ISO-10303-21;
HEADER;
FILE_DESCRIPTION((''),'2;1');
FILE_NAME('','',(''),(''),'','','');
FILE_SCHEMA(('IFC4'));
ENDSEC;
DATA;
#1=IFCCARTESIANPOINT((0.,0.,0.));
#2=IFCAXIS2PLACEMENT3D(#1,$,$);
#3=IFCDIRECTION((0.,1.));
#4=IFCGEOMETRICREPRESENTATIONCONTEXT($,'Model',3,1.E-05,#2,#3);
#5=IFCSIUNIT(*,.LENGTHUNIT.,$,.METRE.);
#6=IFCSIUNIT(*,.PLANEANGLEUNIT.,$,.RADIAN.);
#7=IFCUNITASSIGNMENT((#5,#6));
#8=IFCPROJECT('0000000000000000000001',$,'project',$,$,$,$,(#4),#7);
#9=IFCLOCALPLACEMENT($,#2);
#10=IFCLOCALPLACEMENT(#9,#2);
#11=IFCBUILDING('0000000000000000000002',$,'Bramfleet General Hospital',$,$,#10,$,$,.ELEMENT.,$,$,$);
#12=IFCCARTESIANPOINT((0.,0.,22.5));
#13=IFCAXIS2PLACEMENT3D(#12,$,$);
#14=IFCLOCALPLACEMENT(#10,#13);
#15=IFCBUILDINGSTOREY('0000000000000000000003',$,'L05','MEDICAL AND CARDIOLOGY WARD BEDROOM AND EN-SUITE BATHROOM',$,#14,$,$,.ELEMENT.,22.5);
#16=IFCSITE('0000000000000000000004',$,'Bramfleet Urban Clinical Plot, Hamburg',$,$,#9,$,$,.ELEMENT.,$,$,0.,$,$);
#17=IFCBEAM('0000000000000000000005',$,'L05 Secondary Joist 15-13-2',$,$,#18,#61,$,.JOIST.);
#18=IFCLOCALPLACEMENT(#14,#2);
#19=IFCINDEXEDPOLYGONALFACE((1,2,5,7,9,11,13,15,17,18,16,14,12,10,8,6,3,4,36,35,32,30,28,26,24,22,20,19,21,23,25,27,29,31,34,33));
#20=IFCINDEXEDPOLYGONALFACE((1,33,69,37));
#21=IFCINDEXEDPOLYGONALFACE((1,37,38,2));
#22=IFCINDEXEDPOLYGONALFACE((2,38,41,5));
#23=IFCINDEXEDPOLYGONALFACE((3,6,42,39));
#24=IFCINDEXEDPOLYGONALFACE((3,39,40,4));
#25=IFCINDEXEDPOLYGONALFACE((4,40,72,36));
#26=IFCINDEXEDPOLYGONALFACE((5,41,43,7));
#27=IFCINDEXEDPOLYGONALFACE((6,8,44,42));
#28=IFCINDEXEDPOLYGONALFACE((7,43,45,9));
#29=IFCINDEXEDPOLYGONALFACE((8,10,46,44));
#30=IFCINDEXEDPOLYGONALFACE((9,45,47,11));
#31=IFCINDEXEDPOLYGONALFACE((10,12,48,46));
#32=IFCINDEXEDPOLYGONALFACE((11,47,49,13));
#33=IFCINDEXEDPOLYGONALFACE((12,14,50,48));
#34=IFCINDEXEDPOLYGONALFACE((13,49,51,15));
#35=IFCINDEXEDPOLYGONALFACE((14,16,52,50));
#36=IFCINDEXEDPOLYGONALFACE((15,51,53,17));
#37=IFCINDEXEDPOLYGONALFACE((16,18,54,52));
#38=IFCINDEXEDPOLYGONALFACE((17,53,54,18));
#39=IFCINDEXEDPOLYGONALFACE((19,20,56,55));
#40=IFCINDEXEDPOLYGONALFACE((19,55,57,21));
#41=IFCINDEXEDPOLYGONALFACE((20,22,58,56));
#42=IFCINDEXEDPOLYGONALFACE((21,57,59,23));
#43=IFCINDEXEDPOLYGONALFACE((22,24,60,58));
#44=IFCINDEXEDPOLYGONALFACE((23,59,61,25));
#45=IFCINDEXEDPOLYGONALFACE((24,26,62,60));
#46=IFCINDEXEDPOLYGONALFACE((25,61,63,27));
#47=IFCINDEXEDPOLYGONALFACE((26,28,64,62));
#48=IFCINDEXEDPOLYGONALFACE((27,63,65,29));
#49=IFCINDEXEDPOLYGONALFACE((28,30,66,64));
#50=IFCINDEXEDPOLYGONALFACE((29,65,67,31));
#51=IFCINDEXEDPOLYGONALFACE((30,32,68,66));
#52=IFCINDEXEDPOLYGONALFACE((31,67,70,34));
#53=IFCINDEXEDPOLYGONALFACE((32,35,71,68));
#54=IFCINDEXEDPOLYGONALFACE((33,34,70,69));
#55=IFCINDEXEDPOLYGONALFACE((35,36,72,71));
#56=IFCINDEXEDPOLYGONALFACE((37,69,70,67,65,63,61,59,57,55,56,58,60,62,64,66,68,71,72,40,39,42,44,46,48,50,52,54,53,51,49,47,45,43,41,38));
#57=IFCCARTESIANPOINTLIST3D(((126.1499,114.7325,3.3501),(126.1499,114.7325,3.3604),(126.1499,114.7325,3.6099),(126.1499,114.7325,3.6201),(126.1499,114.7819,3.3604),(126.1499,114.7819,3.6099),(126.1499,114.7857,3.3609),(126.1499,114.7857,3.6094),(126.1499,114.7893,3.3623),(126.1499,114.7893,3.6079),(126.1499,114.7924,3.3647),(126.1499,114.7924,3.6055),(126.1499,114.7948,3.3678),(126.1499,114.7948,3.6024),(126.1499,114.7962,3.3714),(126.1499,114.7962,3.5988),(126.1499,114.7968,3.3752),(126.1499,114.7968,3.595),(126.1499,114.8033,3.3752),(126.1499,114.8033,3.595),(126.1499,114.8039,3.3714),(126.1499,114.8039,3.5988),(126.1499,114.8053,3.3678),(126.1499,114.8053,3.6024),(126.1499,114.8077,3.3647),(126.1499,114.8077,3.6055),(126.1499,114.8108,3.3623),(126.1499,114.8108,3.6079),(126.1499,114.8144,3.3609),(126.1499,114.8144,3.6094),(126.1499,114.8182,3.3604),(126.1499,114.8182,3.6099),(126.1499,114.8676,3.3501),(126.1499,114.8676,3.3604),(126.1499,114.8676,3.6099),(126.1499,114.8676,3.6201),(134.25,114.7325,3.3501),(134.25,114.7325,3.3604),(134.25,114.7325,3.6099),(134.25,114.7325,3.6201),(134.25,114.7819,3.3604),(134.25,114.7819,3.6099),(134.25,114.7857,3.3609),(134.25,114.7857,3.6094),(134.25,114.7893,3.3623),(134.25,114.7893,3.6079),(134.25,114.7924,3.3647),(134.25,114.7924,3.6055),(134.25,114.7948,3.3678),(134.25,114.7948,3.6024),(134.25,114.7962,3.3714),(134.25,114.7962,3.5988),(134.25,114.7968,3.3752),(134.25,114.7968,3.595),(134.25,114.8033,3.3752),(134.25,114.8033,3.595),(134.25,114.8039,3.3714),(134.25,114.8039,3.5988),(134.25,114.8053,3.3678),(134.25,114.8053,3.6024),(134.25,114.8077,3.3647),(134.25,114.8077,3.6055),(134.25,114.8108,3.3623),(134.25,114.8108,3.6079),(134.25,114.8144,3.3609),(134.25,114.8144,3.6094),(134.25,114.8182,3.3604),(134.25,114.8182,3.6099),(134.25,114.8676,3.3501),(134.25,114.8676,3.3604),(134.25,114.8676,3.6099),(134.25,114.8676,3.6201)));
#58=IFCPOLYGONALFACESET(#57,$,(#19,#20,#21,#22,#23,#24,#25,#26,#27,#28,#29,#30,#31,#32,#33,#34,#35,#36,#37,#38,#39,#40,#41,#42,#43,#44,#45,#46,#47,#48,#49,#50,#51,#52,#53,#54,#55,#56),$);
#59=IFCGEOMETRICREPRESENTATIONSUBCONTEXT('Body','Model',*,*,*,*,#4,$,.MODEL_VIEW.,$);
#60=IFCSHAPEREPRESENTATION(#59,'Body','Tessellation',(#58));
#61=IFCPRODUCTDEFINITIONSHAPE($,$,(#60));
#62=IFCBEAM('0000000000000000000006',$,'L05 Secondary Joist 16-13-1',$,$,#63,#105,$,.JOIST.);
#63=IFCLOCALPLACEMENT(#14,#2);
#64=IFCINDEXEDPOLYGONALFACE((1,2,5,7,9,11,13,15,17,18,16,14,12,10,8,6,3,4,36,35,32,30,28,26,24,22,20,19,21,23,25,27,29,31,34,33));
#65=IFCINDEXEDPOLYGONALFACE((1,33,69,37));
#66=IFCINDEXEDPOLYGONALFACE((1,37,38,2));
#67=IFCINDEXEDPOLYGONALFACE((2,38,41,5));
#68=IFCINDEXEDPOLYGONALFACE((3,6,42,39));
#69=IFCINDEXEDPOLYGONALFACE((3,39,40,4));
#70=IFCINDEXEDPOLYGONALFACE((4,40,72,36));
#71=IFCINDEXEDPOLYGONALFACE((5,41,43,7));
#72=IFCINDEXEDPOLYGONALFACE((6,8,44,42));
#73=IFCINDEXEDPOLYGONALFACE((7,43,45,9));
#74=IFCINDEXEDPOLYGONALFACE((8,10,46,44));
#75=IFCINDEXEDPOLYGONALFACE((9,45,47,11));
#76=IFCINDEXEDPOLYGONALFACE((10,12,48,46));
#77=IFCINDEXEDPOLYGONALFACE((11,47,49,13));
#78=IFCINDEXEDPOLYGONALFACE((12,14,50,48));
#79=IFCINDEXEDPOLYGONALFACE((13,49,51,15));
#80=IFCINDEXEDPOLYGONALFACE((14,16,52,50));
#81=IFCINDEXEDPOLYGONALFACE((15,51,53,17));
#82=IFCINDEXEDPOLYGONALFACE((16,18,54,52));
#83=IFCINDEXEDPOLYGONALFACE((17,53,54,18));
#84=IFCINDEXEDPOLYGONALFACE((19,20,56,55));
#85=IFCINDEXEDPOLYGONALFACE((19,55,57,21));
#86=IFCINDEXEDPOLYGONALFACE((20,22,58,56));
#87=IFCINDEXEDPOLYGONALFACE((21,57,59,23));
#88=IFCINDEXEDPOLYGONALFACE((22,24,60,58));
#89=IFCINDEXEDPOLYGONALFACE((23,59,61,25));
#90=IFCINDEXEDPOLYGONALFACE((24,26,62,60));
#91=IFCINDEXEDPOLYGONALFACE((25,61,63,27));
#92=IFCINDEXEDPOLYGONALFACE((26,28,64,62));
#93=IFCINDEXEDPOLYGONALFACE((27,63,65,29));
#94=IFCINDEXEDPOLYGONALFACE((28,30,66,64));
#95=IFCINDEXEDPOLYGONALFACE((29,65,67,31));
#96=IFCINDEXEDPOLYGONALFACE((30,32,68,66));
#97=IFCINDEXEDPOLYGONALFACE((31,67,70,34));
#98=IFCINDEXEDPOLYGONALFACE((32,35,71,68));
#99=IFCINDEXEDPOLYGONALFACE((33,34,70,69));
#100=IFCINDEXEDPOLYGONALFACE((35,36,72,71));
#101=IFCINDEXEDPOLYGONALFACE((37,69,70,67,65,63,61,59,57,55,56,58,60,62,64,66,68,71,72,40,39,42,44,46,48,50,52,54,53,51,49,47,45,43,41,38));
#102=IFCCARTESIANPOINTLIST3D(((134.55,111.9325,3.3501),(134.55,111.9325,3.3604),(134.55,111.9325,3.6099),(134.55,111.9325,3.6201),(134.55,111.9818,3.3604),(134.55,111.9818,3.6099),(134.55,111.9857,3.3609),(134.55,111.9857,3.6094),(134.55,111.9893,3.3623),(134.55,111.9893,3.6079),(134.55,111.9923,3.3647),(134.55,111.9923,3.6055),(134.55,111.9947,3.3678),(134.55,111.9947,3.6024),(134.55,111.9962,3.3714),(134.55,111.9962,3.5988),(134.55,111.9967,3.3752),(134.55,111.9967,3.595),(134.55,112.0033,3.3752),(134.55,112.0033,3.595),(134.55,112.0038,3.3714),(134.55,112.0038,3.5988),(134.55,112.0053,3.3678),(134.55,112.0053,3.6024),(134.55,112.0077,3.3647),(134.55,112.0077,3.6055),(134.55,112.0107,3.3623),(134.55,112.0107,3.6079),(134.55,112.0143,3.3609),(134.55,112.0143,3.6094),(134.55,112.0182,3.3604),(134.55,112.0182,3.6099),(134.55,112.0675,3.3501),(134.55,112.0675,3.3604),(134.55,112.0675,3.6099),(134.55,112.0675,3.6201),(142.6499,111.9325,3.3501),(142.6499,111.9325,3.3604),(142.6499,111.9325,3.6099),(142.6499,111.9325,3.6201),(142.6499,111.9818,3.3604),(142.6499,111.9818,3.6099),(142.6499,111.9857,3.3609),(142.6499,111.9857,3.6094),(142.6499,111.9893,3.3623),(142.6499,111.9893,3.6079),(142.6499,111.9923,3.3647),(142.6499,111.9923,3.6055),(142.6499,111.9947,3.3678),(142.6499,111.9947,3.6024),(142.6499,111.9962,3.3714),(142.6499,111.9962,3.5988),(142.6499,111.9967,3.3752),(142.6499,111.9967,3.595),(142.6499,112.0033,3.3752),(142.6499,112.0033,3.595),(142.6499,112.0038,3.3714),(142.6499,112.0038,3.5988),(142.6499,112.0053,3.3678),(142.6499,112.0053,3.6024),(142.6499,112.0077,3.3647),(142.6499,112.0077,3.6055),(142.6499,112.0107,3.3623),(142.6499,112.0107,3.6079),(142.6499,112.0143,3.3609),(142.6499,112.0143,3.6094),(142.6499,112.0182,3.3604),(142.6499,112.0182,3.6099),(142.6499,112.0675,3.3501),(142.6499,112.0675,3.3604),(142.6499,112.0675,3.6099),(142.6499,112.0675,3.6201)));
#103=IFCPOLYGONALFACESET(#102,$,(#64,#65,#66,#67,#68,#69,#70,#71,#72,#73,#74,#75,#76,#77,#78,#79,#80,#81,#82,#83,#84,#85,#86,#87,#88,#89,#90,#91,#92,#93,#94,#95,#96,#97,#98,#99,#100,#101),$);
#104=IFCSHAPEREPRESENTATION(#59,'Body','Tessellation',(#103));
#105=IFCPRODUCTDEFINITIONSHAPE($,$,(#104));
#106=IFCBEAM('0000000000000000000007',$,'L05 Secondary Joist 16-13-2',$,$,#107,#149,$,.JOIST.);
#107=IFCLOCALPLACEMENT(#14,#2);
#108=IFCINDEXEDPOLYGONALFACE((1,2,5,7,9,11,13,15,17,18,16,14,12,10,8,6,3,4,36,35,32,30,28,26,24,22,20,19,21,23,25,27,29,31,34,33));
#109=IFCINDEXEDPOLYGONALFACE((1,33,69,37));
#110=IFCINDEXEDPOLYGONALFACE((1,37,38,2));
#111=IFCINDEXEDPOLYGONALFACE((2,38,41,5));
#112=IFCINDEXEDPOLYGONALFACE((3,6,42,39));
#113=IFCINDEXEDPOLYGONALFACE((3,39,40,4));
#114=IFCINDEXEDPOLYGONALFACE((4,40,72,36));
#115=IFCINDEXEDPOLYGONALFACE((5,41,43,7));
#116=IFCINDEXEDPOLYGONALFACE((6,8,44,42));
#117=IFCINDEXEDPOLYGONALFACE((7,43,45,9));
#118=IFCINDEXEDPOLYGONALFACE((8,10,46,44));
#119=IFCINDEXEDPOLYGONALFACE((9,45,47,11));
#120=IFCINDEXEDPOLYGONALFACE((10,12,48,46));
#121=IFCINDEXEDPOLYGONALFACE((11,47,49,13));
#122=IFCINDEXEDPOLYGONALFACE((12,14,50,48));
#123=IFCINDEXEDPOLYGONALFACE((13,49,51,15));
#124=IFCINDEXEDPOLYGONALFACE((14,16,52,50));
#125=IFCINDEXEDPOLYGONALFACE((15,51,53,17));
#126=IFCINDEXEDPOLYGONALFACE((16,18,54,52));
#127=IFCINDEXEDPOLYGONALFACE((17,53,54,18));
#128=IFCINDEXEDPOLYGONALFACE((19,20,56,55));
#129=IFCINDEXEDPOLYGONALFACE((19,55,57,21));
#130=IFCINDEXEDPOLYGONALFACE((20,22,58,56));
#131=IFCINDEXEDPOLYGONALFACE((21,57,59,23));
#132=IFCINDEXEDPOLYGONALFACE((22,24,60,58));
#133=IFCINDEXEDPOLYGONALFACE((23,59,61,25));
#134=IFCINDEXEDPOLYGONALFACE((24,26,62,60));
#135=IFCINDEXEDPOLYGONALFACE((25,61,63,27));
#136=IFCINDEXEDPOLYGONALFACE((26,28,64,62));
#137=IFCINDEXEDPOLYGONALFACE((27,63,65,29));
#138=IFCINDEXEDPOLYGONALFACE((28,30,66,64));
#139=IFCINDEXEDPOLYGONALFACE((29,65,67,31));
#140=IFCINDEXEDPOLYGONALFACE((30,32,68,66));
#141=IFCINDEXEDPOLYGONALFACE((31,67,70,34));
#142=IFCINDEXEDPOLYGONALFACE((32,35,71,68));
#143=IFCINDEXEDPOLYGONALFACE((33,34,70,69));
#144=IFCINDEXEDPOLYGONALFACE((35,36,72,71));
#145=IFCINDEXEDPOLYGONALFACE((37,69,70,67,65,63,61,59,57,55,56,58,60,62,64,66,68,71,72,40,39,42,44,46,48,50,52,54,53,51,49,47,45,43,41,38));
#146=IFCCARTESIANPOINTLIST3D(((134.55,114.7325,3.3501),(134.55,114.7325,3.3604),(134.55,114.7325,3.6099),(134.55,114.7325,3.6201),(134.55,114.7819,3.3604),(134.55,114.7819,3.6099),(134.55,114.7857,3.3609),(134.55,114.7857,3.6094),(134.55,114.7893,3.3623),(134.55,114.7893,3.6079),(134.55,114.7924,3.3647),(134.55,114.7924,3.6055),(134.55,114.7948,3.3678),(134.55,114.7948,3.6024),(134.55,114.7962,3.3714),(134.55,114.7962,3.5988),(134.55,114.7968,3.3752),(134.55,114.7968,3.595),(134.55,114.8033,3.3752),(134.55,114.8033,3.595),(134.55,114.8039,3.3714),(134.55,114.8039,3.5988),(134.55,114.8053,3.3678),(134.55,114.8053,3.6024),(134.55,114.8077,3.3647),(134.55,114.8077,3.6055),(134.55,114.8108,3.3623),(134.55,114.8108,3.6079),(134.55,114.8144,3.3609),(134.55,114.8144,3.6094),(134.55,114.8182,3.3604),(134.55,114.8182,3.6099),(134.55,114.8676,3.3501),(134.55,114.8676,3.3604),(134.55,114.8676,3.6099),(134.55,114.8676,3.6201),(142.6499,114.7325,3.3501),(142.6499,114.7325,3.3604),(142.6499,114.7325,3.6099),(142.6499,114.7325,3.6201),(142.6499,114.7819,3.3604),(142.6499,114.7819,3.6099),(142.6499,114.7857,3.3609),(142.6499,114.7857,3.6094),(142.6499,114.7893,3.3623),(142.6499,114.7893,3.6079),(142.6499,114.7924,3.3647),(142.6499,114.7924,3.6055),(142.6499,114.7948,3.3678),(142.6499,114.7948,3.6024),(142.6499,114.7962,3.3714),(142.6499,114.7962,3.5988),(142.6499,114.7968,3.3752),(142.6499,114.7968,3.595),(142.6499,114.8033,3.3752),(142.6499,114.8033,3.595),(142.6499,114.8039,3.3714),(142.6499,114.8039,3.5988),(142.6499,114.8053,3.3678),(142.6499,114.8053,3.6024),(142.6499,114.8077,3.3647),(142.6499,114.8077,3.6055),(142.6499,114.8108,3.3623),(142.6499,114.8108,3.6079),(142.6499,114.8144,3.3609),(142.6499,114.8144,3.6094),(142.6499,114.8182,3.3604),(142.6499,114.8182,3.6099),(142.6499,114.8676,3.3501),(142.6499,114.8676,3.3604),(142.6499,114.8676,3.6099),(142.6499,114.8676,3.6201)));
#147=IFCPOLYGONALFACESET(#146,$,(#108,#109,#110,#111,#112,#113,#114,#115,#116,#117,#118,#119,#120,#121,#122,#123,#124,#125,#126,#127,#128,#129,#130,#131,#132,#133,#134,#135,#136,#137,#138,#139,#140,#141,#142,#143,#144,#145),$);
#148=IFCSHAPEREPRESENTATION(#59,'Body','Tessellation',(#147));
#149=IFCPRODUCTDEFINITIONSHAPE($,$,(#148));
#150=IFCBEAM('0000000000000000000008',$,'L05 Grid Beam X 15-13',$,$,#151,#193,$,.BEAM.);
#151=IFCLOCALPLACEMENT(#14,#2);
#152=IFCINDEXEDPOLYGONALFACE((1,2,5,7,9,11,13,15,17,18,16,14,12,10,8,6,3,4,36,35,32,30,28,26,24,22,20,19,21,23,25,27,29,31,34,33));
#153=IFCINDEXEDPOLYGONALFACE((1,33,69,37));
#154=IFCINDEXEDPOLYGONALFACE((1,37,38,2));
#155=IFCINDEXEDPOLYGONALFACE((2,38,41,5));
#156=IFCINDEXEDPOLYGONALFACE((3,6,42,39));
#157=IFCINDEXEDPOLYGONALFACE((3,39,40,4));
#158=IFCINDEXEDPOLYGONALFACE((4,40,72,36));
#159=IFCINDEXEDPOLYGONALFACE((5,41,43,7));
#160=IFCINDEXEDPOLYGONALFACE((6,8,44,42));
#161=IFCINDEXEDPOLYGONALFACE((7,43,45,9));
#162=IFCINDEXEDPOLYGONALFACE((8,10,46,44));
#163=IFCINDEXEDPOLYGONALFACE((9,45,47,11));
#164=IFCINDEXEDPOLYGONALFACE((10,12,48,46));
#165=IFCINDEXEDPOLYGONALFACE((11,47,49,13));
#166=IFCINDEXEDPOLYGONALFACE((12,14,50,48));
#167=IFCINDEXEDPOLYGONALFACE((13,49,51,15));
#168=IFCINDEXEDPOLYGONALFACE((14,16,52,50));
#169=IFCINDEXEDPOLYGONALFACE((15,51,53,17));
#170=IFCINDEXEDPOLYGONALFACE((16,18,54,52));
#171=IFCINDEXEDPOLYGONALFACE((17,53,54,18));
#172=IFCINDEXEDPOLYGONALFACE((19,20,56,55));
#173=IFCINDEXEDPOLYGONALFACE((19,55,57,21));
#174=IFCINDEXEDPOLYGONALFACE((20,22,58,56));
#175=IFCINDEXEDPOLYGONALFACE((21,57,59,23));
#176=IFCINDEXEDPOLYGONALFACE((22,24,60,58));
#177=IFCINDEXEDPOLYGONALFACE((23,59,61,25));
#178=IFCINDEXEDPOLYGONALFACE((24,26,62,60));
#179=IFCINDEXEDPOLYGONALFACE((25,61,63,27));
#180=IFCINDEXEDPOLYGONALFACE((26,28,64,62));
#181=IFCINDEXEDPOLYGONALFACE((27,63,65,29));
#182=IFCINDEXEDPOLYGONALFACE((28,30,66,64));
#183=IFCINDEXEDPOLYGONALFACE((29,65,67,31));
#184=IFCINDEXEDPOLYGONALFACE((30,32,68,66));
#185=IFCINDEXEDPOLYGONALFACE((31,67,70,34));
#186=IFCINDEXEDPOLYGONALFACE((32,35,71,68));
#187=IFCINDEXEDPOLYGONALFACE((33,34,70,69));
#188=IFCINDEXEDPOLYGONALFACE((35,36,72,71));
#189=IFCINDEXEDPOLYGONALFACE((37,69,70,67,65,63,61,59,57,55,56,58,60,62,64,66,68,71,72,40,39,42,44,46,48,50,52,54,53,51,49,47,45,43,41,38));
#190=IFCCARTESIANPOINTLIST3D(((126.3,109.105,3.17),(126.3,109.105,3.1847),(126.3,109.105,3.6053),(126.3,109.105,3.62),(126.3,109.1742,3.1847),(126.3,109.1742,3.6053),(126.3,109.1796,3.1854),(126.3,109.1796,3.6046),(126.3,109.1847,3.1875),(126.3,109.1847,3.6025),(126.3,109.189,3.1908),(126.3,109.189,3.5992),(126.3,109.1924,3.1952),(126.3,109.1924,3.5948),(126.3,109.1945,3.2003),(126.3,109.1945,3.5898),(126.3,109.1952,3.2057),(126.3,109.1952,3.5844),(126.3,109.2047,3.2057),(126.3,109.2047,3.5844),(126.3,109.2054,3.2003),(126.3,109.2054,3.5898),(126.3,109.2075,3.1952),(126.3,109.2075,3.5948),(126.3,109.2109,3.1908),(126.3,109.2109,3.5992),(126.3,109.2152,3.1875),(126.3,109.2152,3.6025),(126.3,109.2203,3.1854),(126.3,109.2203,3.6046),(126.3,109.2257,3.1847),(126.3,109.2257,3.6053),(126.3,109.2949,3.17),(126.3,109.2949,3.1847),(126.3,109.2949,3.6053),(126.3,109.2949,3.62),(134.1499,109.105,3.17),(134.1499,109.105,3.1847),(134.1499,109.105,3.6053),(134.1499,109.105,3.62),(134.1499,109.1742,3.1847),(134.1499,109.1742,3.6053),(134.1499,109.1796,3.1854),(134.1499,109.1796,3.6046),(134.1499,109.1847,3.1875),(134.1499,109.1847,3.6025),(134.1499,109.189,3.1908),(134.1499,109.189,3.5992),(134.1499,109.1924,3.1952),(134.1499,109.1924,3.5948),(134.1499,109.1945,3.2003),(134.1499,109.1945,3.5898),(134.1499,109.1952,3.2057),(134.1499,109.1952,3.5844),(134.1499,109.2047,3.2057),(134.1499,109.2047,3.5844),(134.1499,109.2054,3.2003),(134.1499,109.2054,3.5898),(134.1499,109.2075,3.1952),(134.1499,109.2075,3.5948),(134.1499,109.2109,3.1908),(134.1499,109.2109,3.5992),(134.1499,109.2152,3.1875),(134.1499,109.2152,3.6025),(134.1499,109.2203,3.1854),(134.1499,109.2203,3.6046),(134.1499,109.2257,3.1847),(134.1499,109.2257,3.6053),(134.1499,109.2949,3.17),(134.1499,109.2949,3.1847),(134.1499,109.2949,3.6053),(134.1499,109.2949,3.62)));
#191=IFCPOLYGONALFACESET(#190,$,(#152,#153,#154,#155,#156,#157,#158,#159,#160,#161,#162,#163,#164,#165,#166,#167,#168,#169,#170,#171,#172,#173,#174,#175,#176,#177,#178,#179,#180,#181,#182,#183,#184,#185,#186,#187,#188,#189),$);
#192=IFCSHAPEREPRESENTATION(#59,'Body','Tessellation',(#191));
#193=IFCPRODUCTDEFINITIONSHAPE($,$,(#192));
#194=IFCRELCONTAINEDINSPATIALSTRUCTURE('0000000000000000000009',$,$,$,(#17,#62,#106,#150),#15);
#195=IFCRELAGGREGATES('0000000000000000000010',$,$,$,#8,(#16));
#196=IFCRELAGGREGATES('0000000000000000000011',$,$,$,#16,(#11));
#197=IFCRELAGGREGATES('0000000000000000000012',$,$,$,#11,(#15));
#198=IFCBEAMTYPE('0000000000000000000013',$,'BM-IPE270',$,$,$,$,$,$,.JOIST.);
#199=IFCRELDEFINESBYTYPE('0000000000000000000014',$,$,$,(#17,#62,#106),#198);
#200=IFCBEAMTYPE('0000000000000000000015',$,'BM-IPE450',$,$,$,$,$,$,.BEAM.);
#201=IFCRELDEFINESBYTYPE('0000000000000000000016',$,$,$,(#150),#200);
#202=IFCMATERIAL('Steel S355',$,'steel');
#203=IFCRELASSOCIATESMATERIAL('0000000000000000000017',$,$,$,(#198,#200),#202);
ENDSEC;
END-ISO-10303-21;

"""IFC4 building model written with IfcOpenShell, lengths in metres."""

from ifc_helpers import new_model, si_unit, direction, frame, origin, origin_2d, place, context, subcontext, project, spatial, i_section, extrude, material, material_profile, profile_set, type_object, element, save


model = new_model("IFC4")

# Units and contexts
model_context = context("Model", 3, precision=1e-05, world=origin(), true_north=direction((0.0, 1.0)))
body_context = subcontext(model_context, "Body", "Model", "MODEL_VIEW")
ifc_project = project(units=[si_unit("LENGTHUNIT", "METRE"), si_unit("PLANEANGLEUNIT", "RADIAN")], contexts=[model_context])

# Site, building, storey
site_placement = place(None, origin())
site = spatial("IfcSite", under=ifc_project, at=site_placement, Name="Bramfleet Urban Clinical Plot, Hamburg", CompositionType="ELEMENT", RefElevation=0.0)
building_placement = place(site_placement, origin())
building = spatial("IfcBuilding", under=site, at=building_placement, Name="Bramfleet General Hospital", CompositionType="ELEMENT")
storey_placement = place(building_placement, frame((0.0, 0.0, 22.5)))
storey = spatial("IfcBuildingStorey", under=building, at=storey_placement, Name="L05", Description="MEDICAL AND CARDIOLOGY WARD BEDROOM AND EN-SUITE BATHROOM", CompositionType="ELEMENT", Elevation=22.5)

# Beams
ifc_material_1 = material(Name="Steel S355", Category="steel")
ifc_material_profile_1 = material_profile(ifc_material_1, i_section(OverallWidth=0.135, OverallDepth=0.27, WebThickness=0.0066, FlangeThickness=0.0103, FilletRadius=0.0149, at=origin_2d()), Name="IPE 270")
ifc_profile_set_1 = profile_set([ifc_material_profile_1], Name="Steel S355")
beam_type_1 = type_object("IfcBeamType", Name="BM-IPE270", PredefinedType="JOIST", material=ifc_profile_set_1)
for number, where, z_axis, x_axis, name in (
    (1, (126.1499, 114.8, 3.4851), (1.0, 0.0, 0.0), (0.0, 1.0, 0.0), "L05 Secondary Joist 15-13-2"),
):
    element("IfcBeam", number, at=place(storey_placement, frame(where, z_axis=z_axis, x_axis=x_axis)), inside=storey, type_object=beam_type_1, Name=name, PredefinedType="JOIST", context=body_context, shape_type="SweptSolid", body=[
        extrude(i_section(OverallWidth=0.135, OverallDepth=0.27, WebThickness=0.0066, FlangeThickness=0.0103, FilletRadius=0.0149, at=origin_2d()), origin(), (0.0, 0.0, 1.0), 8.1001),
    ])
for number, where, z_axis, x_axis, name in (
    (2, (134.55, 112.0, 3.4851), (1.0, 0.0, 0.0), (0.0, 1.0, 0.0), "L05 Secondary Joist 16-13-1"),
    (3, (134.55, 114.8, 3.4851), (1.0, 0.0, 0.0), (0.0, 1.0, 0.0), "L05 Secondary Joist 16-13-2"),
):
    element("IfcBeam", number, at=place(storey_placement, frame(where, z_axis=z_axis, x_axis=x_axis)), inside=storey, type_object=beam_type_1, Name=name, PredefinedType="JOIST", context=body_context, shape_type="SweptSolid", body=[
        extrude(i_section(OverallWidth=0.135, OverallDepth=0.27, WebThickness=0.0066, FlangeThickness=0.0103, FilletRadius=0.0149, at=origin_2d()), origin(), (0.0, 0.0, 1.0), 8.0999),
    ])
ifc_material_profile_2 = material_profile(ifc_material_1, i_section(OverallWidth=0.1899, OverallDepth=0.45, WebThickness=0.0095, FlangeThickness=0.0146, FilletRadius=0.021, at=origin_2d()), Name="IPE 450")
ifc_profile_set_2 = profile_set([ifc_material_profile_2], Name="Steel S355")
beam_type_2 = type_object("IfcBeamType", Name="BM-IPE450", PredefinedType="BEAM", material=ifc_profile_set_2)
beam_1_placement = place(storey_placement, frame((126.3, 109.2, 3.395), z_axis=(1.0, 0.0, 0.0), x_axis=(0.0, 1.0, 0.0)))
element("IfcBeam", 4, at=beam_1_placement, inside=storey, type_object=beam_type_2, Name="L05 Grid Beam X 15-13", PredefinedType="BEAM", context=body_context, shape_type="SweptSolid", body=[
    extrude(i_section(OverallWidth=0.1899, OverallDepth=0.45, WebThickness=0.0095, FlangeThickness=0.0146, FilletRadius=0.021, at=origin_2d()), origin(), (0.0, 0.0, 1.0), 7.8499),
])

save(model, "model.ifc")
